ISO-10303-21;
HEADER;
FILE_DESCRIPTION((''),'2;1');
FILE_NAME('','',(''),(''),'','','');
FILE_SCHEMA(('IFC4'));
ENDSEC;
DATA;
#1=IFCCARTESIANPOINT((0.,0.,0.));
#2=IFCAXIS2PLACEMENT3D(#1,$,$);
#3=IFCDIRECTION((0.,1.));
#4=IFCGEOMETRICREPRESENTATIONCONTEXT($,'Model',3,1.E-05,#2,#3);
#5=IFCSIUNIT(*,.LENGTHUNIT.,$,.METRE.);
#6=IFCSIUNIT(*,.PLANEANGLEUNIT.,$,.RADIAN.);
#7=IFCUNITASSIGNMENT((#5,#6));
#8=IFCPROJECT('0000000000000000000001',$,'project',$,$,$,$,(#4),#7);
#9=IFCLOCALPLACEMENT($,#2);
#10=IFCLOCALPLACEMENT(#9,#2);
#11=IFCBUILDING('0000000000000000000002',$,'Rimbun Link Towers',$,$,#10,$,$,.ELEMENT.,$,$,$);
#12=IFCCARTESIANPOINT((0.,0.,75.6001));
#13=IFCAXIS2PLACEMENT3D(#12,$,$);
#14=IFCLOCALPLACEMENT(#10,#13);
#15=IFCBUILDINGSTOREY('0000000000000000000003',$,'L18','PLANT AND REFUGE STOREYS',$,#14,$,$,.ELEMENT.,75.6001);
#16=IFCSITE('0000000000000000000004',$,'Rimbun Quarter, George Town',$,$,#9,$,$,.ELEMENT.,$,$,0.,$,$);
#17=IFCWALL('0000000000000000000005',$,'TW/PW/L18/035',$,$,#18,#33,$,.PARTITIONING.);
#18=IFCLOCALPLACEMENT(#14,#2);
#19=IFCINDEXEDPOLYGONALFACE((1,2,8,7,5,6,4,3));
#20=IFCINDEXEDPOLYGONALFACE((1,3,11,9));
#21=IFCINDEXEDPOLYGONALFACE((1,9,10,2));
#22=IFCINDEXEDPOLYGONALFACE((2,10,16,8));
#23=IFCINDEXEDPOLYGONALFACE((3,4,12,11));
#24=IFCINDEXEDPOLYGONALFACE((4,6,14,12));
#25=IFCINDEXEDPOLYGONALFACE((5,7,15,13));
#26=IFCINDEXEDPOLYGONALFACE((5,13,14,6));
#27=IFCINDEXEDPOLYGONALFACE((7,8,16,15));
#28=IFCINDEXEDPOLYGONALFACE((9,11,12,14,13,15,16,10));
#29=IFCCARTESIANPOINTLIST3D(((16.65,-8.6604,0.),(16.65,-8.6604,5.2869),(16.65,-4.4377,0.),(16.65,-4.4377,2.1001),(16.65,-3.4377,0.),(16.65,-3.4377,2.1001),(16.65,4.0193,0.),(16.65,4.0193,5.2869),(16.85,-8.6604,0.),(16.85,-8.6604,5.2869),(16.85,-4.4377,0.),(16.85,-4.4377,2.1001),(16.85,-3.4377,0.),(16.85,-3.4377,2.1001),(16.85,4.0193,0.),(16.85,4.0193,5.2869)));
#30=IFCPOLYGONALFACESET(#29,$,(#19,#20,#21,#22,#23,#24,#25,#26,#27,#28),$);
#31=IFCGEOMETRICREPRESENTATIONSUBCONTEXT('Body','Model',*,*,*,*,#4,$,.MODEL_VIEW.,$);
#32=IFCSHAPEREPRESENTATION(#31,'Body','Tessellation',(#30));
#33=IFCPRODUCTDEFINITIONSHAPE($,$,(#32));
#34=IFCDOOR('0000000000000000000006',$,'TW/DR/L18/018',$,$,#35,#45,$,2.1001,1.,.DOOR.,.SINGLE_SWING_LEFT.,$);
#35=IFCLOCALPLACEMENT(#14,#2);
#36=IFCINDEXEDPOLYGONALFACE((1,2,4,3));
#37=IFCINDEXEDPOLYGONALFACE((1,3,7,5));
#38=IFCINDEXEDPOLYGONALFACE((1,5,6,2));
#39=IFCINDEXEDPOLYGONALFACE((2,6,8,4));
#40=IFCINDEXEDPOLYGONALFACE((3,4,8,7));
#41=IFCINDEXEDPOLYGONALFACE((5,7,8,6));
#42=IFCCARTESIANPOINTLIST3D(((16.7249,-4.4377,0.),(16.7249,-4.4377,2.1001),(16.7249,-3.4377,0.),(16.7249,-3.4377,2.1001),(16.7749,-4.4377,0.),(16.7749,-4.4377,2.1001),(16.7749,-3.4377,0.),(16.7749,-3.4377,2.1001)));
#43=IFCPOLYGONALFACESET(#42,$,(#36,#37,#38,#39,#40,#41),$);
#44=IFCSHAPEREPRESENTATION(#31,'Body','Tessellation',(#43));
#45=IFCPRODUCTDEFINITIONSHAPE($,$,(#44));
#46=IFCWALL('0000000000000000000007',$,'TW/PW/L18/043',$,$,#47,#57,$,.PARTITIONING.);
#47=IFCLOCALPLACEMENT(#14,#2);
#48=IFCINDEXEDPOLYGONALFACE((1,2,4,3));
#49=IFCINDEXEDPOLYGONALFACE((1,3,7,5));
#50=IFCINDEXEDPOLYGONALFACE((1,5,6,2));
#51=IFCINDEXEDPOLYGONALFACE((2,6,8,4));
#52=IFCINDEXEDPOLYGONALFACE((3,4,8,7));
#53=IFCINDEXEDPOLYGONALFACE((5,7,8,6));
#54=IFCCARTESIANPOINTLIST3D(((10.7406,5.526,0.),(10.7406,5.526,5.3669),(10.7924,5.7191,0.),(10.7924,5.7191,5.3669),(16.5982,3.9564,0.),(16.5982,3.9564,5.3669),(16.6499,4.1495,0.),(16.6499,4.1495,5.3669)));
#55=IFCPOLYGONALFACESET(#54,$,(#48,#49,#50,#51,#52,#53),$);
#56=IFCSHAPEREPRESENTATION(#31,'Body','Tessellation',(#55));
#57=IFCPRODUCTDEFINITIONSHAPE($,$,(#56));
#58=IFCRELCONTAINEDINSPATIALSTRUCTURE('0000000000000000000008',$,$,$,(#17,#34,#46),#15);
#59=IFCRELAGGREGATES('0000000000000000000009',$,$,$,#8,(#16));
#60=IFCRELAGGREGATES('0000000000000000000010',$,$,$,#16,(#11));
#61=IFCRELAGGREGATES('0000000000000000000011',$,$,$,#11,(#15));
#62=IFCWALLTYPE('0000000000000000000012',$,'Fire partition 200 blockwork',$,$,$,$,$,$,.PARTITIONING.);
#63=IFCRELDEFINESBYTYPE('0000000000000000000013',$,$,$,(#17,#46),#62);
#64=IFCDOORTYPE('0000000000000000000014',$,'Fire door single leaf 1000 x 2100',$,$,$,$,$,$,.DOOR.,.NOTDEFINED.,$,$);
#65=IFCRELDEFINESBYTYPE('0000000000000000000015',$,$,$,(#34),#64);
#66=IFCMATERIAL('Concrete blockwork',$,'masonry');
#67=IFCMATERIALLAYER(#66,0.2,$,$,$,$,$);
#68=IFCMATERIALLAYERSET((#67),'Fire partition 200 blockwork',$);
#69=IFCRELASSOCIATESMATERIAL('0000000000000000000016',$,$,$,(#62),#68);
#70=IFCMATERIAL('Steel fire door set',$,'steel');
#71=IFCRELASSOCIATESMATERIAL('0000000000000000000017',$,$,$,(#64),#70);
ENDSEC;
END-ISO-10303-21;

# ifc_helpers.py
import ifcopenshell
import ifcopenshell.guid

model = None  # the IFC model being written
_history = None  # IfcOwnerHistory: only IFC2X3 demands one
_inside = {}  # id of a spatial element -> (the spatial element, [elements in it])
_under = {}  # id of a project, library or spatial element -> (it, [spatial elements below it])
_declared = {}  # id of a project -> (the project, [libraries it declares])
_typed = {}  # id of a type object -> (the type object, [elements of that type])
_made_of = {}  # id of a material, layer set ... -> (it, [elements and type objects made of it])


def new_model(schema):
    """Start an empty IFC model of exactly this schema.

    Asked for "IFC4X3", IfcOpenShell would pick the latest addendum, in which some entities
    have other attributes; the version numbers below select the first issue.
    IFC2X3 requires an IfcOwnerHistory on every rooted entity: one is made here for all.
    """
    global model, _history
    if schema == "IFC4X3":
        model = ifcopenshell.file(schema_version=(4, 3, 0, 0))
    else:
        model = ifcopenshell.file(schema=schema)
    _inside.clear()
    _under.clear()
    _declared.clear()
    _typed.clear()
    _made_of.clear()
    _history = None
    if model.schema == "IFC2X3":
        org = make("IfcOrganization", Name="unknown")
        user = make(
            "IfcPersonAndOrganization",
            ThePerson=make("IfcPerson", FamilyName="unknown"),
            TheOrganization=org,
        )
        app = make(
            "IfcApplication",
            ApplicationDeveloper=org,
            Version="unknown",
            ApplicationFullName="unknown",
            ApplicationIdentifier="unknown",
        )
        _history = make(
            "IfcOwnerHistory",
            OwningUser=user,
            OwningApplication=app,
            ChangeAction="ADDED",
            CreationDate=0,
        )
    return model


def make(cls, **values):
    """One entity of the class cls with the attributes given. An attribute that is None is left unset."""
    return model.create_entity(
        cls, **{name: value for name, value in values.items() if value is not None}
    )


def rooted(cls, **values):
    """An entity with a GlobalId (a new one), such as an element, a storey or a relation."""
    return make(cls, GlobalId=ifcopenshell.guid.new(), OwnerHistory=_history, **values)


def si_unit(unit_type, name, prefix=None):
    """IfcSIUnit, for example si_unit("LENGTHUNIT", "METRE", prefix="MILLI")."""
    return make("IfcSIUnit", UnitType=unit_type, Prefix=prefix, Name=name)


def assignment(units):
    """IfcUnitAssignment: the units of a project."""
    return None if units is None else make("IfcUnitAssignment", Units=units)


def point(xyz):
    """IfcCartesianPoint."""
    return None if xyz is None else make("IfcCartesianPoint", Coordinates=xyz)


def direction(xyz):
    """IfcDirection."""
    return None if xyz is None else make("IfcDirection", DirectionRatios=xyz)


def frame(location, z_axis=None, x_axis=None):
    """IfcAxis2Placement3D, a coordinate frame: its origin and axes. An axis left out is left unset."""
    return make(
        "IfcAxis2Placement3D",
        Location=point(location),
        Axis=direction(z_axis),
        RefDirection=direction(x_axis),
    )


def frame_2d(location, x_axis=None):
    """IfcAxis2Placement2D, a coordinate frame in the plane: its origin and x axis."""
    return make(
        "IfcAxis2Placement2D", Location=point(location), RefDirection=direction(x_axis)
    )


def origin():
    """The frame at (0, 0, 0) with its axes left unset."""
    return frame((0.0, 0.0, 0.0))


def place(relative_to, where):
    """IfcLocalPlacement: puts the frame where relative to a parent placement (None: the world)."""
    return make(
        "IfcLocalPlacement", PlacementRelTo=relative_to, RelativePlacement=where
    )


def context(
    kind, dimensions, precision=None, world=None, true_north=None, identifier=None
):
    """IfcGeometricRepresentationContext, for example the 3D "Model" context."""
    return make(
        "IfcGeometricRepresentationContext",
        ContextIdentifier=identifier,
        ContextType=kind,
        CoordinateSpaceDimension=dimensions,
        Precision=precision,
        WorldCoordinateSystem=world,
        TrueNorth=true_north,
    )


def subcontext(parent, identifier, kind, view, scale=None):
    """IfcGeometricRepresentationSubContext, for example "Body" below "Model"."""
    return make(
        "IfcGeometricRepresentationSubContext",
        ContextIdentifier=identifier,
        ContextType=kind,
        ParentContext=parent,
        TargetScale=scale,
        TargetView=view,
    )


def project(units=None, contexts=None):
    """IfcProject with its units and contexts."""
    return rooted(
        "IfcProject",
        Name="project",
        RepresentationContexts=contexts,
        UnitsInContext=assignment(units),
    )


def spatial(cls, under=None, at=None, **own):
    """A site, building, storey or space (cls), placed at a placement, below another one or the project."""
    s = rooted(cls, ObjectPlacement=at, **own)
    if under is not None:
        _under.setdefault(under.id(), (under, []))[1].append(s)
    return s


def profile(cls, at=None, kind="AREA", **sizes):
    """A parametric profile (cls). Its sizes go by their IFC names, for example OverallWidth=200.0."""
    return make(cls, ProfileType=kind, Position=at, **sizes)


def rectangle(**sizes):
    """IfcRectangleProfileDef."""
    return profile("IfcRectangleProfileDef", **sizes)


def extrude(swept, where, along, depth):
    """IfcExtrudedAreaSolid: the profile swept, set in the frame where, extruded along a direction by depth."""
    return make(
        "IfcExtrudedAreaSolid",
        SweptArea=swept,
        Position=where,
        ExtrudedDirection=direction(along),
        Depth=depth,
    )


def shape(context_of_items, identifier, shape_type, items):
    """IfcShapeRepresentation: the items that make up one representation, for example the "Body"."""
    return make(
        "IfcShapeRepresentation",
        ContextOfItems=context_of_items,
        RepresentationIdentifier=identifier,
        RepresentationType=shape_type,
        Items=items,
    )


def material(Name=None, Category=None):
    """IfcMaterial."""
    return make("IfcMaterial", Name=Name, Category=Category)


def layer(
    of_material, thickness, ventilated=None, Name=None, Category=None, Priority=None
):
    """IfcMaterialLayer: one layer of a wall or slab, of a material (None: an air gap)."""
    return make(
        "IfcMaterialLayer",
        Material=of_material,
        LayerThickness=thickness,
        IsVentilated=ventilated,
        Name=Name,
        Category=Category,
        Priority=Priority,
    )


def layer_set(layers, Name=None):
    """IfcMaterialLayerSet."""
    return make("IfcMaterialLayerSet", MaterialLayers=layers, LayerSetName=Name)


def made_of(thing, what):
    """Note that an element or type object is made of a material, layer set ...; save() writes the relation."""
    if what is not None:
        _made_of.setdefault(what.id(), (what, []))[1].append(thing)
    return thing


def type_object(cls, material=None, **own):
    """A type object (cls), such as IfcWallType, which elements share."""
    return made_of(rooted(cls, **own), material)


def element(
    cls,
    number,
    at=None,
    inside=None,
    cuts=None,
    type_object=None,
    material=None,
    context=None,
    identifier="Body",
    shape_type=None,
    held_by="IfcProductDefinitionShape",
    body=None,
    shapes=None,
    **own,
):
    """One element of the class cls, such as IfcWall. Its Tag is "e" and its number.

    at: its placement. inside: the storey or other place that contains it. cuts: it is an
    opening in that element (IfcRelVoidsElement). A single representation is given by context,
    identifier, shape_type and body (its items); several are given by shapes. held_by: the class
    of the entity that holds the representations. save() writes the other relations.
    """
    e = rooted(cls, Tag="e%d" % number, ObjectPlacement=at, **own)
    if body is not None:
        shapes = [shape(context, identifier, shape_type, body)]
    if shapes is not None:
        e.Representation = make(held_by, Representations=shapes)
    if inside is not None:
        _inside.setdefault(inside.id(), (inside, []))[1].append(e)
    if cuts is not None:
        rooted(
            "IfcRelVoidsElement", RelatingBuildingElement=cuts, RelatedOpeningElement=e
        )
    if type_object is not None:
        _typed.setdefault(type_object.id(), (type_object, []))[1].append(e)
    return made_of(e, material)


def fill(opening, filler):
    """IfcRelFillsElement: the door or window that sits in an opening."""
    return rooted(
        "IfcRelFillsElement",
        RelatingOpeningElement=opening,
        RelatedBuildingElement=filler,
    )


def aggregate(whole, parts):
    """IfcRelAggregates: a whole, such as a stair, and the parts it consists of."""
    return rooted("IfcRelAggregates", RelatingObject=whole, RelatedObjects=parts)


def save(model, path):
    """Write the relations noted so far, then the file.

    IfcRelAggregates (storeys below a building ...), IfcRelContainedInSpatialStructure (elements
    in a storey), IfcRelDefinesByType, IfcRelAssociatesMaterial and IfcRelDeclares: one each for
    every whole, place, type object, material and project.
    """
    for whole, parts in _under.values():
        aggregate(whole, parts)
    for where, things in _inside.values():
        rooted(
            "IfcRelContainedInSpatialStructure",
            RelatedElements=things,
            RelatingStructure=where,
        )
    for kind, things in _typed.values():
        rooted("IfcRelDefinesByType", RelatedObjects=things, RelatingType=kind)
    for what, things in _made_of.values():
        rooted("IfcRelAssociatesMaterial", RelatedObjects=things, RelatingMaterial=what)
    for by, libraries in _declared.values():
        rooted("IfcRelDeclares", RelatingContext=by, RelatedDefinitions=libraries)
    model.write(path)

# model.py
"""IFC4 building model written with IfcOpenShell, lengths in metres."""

from ifc_helpers import new_model, si_unit, direction, frame, frame_2d, origin, place, context, subcontext, project, spatial, rectangle, extrude, material, layer, layer_set, type_object, element, fill, save


model = new_model("IFC4")

# Units and contexts
model_context = context("Model", 3, precision=1e-05, world=origin(), true_north=direction((0.0, 1.0)))
body_context = subcontext(model_context, "Body", "Model", "MODEL_VIEW")
ifc_project = project(units=[si_unit("LENGTHUNIT", "METRE"), si_unit("PLANEANGLEUNIT", "RADIAN")], contexts=[model_context])

# Site, building, storey
site_placement = place(None, origin())
site = spatial("IfcSite", under=ifc_project, at=site_placement, Name="Rimbun Quarter, George Town", CompositionType="ELEMENT", RefElevation=0.0)
building_placement = place(site_placement, origin())
building = spatial("IfcBuilding", under=site, at=building_placement, Name="Rimbun Link Towers", CompositionType="ELEMENT")
storey_placement = place(building_placement, frame((0.0, 0.0, 75.6001)))
storey = spatial("IfcBuildingStorey", under=building, at=storey_placement, Name="L18", Description="PLANT AND REFUGE STOREYS", CompositionType="ELEMENT", Elevation=75.6001)

# Wall, opening, door
ifc_material_1 = material(Name="Concrete blockwork", Category="masonry")
ifc_layer_1 = layer(ifc_material_1, 0.2)
ifc_layer_set_1 = layer_set([ifc_layer_1], Name="Fire partition 200 blockwork")
wall_type_1 = type_object("IfcWallType", Name="Fire partition 200 blockwork", PredefinedType="PARTITIONING", material=ifc_layer_set_1)
wall_1_placement = place(storey_placement, frame((16.75, 4.0193, 0.0), z_axis=(0.0, 0.0, 1.0), x_axis=(0.0, -1.0, 0.0)))
wall_1 = element("IfcWall", 1, at=wall_1_placement, inside=storey, type_object=wall_type_1, Name="TW/PW/L18/035", PredefinedType="PARTITIONING", context=body_context, shape_type="SweptSolid", body=[
    extrude(rectangle(XDim=12.6797, YDim=0.2, at=frame_2d((6.3398, 0.0))), origin(), (0.0, 0.0, 1.0), 5.2869),
])
opening_1_placement = place(wall_1_placement, frame((7.457, 0.0, 0.0)))
opening_1 = element("IfcOpeningElement", 2, at=opening_1_placement, cuts=wall_1, PredefinedType="OPENING", context=body_context, shape_type="SweptSolid", body=[
    extrude(rectangle(XDim=1.0, YDim=2.1001, at=frame_2d((0.5, 1.05))), frame((0.0, 0.1099, 0.0), z_axis=(0.0, -1.0, 0.0), x_axis=(1.0, 0.0, 0.0)), (0.0, 0.0, 1.0), 0.22),
])
ifc_material_2 = material(Name="Steel fire door set", Category="steel")
door_type_1 = type_object("IfcDoorType", Name="Fire door single leaf 1000 x 2100", OperationType="NOTDEFINED", PredefinedType="DOOR", material=ifc_material_2)
door_1_placement = place(opening_1_placement, origin())
door_1 = element("IfcDoor", 3, at=door_1_placement, inside=storey, type_object=door_type_1, Name="TW/DR/L18/018", OperationType="SINGLE_SWING_LEFT", OverallHeight=2.1001, OverallWidth=1.0, PredefinedType="DOOR", context=body_context, shape_type="SweptSolid", body=[
    extrude(rectangle(XDim=1.0, YDim=2.1001, at=frame_2d((0.5, 1.05))), frame((0.0, 0.0249, 0.0), z_axis=(0.0, -1.0, 0.0), x_axis=(1.0, 0.0, 0.0)), (0.0, 0.0, 1.0), 0.05),
])
fill(opening_1, door_1)

# Wall
wall_2_placement = place(storey_placement, frame((10.7664, 5.6226, 0.0), z_axis=(0.0, 0.0, 1.0), x_axis=(0.965925, -0.258823, 0.0)))
element("IfcWall", 4, at=wall_2_placement, inside=storey, type_object=wall_type_1, Name="TW/PW/L18/043", PredefinedType="PARTITIONING", context=body_context, shape_type="SweptSolid", body=[
    extrude(rectangle(XDim=6.0642, YDim=0.2, at=frame_2d((3.0322, 0.0))), origin(), (0.0, 0.0, 1.0), 5.3669),
])

save(model, "model.ifc")
